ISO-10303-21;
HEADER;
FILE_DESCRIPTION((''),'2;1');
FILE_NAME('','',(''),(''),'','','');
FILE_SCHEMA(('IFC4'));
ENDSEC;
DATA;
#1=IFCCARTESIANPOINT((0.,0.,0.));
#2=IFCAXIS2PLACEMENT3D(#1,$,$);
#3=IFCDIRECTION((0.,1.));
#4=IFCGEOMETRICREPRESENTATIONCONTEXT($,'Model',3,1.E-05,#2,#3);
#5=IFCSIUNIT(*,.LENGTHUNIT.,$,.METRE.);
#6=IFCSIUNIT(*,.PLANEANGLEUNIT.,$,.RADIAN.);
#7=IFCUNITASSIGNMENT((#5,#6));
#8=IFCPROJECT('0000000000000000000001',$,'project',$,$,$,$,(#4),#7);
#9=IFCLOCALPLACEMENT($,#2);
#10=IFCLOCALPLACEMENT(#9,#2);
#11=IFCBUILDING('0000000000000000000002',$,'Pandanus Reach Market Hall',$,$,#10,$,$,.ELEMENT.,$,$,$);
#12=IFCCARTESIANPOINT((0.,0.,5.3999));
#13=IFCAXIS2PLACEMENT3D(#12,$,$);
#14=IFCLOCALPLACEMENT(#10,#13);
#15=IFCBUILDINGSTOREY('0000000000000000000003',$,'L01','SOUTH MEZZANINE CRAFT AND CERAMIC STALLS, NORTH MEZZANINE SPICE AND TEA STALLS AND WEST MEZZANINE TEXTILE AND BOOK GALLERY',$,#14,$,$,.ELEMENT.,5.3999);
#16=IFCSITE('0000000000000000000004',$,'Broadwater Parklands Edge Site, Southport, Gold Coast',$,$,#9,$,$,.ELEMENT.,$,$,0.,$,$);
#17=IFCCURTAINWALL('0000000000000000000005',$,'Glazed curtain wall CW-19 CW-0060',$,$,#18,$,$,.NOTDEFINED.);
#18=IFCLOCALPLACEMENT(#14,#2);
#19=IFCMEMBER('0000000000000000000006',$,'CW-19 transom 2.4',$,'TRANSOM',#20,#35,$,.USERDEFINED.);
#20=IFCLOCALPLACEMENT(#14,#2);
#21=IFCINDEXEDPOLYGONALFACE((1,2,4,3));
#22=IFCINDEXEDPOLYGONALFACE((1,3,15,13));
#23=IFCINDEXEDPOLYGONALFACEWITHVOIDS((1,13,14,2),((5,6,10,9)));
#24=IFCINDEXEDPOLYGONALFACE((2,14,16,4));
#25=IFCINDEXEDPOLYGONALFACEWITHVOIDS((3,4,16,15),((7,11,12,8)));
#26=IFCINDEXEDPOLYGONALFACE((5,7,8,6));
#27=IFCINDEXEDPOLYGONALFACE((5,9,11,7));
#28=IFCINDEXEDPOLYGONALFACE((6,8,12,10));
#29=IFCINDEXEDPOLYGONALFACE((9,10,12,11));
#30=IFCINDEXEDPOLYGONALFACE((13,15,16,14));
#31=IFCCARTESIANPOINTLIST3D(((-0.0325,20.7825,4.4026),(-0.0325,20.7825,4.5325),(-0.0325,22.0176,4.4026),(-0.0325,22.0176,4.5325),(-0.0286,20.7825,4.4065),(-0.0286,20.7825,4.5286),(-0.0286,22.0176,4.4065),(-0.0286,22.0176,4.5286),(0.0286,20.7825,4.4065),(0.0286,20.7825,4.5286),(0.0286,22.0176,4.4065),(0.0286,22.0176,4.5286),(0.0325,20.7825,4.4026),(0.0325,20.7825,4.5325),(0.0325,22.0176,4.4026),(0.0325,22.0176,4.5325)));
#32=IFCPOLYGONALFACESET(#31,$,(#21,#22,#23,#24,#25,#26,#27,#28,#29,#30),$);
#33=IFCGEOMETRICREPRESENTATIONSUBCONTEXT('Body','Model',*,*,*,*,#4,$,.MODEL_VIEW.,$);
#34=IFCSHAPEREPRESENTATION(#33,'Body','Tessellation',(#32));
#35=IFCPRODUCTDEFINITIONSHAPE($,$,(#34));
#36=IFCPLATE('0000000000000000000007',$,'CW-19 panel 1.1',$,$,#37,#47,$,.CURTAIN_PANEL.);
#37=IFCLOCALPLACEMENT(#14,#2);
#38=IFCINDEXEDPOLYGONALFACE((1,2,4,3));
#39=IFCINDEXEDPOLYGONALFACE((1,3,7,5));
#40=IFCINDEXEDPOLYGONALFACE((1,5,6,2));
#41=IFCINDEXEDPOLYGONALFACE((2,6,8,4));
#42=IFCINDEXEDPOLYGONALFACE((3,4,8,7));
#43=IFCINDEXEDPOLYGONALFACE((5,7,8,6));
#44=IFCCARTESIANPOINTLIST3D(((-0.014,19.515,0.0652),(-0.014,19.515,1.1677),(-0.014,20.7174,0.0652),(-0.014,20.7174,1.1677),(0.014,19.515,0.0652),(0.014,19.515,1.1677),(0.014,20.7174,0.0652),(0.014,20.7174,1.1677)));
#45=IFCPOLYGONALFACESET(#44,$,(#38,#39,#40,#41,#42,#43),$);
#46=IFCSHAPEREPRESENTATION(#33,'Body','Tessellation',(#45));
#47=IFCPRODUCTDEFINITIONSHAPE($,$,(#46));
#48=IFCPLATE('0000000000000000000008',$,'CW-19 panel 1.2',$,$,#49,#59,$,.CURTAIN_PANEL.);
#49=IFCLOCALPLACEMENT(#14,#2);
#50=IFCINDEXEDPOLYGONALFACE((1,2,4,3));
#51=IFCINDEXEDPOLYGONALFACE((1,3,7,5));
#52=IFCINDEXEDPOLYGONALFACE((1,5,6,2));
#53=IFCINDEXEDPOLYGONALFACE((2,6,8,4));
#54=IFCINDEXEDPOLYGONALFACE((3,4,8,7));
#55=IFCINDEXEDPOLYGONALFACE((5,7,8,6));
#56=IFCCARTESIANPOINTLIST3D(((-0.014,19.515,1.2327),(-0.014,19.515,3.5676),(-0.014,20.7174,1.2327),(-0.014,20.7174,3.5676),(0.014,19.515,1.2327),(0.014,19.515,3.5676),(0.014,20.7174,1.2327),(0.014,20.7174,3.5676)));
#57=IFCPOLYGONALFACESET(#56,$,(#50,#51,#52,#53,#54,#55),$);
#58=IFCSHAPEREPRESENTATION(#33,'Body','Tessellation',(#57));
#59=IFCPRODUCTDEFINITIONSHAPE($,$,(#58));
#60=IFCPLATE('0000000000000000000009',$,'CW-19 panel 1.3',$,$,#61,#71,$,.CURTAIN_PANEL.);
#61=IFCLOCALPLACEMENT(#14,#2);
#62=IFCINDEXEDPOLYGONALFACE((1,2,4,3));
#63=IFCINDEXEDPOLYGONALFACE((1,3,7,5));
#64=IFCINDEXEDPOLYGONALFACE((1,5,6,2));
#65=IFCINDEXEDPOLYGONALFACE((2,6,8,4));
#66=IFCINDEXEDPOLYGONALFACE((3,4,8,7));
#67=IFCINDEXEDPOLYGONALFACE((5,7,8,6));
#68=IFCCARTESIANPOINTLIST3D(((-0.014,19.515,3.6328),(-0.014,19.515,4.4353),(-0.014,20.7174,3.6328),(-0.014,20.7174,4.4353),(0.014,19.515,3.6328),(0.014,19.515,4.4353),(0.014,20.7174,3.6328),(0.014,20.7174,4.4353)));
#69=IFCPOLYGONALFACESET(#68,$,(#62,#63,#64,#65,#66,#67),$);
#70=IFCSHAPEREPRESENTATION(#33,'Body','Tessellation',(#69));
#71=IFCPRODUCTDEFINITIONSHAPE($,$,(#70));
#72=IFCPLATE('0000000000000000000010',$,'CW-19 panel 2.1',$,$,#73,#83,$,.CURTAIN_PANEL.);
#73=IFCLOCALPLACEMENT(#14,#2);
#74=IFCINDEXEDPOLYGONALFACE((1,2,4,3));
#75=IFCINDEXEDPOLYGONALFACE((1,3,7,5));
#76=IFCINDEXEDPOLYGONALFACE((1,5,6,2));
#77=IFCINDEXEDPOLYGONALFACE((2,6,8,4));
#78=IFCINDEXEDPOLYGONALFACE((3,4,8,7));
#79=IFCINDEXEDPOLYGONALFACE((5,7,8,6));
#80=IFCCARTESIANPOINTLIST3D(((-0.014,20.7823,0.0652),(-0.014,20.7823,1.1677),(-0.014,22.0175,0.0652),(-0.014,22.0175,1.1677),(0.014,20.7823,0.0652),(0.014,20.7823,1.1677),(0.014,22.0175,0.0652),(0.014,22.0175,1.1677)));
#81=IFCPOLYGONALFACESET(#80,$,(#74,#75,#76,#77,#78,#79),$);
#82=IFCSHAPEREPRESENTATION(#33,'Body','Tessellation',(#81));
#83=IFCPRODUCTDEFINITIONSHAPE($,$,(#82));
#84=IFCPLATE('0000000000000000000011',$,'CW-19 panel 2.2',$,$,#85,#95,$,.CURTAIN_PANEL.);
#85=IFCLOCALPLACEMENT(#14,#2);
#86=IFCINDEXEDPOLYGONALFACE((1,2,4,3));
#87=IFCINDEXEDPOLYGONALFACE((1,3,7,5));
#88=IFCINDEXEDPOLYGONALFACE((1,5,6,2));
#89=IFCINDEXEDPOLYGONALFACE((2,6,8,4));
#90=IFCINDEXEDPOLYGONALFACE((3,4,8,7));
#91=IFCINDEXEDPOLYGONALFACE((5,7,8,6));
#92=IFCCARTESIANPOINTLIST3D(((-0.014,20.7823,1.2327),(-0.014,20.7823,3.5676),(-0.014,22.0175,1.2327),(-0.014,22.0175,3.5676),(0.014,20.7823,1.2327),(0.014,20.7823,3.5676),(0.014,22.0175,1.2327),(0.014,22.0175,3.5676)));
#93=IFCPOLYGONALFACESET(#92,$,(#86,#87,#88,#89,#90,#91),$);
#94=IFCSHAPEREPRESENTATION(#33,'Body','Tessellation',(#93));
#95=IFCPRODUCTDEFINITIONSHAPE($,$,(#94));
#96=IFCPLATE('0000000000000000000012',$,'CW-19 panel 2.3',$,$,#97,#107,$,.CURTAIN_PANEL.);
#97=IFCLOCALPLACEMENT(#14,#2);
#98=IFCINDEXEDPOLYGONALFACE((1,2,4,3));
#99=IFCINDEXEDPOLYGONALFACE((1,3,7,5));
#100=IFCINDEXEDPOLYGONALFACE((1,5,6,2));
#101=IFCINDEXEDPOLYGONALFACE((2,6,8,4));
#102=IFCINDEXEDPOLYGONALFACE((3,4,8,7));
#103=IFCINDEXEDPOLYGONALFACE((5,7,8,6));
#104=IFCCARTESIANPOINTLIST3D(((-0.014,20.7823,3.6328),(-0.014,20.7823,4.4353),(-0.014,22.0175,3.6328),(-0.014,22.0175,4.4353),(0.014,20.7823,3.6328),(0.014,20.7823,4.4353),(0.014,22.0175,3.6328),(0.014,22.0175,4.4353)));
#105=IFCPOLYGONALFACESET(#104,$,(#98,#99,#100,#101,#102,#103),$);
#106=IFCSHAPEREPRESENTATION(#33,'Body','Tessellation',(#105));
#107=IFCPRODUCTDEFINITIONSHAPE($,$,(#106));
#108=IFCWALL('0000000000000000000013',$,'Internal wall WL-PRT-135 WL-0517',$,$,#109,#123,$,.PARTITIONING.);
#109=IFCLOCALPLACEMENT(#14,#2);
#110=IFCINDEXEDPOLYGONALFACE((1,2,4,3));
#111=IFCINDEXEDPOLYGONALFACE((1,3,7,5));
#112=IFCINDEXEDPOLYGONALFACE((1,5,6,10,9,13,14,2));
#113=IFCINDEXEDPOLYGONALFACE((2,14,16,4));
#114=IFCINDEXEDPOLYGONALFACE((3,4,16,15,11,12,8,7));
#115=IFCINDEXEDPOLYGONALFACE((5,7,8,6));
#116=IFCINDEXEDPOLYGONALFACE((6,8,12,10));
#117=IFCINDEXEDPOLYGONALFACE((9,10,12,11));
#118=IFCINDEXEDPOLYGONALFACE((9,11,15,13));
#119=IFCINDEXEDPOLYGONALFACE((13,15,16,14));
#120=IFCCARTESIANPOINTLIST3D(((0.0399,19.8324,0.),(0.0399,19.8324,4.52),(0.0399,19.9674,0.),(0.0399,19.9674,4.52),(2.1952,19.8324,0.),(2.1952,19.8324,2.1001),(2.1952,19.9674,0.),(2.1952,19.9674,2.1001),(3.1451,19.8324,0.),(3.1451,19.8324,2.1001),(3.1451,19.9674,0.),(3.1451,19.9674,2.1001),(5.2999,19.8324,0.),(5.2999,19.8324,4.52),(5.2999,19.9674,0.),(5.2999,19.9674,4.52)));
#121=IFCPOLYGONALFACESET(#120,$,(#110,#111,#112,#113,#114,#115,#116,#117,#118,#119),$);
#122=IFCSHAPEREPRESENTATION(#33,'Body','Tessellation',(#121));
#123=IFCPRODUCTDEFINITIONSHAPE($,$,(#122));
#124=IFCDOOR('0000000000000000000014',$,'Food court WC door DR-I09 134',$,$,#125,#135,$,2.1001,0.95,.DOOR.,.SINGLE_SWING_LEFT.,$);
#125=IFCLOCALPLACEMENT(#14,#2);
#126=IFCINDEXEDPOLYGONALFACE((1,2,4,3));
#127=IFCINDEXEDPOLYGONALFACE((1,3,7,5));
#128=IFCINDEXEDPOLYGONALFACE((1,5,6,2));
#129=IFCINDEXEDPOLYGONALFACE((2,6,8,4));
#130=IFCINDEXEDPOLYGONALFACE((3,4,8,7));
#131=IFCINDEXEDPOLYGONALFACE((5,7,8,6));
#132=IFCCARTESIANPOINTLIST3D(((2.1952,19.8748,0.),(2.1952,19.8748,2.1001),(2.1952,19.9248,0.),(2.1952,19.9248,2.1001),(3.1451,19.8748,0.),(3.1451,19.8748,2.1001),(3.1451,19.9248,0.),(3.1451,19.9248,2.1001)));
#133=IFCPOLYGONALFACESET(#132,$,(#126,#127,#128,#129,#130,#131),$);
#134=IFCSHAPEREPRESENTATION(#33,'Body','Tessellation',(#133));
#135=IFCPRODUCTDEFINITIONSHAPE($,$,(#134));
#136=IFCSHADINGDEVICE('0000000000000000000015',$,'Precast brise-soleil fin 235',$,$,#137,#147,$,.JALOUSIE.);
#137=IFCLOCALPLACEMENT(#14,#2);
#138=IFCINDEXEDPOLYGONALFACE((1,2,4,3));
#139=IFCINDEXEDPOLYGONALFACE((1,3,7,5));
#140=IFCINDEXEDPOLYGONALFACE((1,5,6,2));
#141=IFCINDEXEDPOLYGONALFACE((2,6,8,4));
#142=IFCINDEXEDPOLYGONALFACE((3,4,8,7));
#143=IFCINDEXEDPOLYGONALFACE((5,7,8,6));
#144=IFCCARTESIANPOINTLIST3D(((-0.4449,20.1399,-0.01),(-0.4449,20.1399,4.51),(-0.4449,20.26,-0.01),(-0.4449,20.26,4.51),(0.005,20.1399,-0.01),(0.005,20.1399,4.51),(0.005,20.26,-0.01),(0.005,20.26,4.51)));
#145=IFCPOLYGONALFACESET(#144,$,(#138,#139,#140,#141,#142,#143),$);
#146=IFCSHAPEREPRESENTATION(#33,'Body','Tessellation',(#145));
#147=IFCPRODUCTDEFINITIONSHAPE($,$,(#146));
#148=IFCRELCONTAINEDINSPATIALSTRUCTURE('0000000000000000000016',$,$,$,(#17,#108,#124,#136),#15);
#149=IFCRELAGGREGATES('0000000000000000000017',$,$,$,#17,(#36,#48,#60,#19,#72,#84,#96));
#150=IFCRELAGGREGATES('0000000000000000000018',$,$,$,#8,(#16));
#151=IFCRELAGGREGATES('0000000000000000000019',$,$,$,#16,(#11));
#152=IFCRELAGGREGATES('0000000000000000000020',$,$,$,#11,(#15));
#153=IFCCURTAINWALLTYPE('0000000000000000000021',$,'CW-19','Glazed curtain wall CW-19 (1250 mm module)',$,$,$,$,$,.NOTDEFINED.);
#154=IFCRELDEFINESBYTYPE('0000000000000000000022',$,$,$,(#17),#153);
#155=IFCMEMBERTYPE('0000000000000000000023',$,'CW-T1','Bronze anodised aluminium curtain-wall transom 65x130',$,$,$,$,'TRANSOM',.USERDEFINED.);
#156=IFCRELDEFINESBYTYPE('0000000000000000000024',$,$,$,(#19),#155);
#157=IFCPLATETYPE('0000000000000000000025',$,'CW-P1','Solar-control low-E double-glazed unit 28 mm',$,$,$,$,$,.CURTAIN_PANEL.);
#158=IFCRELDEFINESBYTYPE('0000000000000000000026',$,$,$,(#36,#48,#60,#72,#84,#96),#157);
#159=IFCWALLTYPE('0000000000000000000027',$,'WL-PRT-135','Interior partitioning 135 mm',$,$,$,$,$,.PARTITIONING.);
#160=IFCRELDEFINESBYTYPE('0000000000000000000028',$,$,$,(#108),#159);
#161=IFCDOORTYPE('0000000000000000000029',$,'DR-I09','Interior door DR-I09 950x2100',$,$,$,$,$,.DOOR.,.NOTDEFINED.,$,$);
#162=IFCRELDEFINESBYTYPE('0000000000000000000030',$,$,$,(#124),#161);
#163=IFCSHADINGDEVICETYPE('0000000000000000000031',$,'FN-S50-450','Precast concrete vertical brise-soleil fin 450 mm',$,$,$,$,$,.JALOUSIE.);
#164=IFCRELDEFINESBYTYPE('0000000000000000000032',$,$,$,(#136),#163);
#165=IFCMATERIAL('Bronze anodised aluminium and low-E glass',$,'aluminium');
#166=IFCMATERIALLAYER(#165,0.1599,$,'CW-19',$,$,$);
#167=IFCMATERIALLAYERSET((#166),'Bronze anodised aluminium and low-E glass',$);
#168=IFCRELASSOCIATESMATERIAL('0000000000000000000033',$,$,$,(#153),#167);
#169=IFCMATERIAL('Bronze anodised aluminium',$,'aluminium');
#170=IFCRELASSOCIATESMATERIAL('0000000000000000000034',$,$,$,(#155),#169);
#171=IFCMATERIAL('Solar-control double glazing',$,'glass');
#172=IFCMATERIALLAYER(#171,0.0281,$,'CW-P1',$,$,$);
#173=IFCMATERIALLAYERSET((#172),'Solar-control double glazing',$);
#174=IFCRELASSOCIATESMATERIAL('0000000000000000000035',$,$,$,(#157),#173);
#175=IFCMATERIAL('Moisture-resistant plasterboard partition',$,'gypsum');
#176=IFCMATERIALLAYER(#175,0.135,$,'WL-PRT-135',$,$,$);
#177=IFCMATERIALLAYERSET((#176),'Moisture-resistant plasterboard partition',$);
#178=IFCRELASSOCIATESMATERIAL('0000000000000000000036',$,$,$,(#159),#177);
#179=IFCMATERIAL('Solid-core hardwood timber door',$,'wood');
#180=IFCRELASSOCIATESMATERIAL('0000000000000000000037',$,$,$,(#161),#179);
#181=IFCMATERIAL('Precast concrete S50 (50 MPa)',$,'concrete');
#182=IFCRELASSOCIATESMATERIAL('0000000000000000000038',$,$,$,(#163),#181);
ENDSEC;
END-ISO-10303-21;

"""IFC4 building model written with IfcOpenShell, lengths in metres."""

from ifc_helpers import new_model, si_unit, direction, frame, frame_2d, origin, origin_2d, place, context, subcontext, project, spatial, rectangle, hollow_rectangle, extrude, material, layer, layer_set, material_profile, profile_set, type_object, element, fill, aggregate, save


model = new_model("IFC4")

# Units and contexts
model_context = context("Model", 3, precision=1e-05, world=origin(), true_north=direction((0.0, 1.0)))
body_context = subcontext(model_context, "Body", "Model", "MODEL_VIEW")
ifc_project = project(units=[si_unit("LENGTHUNIT", "METRE"), si_unit("PLANEANGLEUNIT", "RADIAN")], contexts=[model_context])

# Site, building, storey
site_placement = place(None, origin())
site = spatial("IfcSite", under=ifc_project, at=site_placement, Name="Broadwater Parklands Edge Site, Southport, Gold Coast", CompositionType="ELEMENT", RefElevation=0.0)
building_placement = place(site_placement, origin())
building = spatial("IfcBuilding", under=site, at=building_placement, Name="Pandanus Reach Market Hall", CompositionType="ELEMENT")
storey_placement = place(building_placement, frame((0.0, 0.0, 5.3999)))
storey = spatial("IfcBuildingStorey", under=building, at=storey_placement, Name="L01", Description="SOUTH MEZZANINE CRAFT AND CERAMIC STALLS, NORTH MEZZANINE SPICE AND TEA STALLS AND WEST MEZZANINE TEXTILE AND BOOK GALLERY", CompositionType="ELEMENT", Elevation=5.3999)

# Curtain wall, member, plates
ifc_material_1 = material(Name="Bronze anodised aluminium and low-E glass", Category="aluminium")
ifc_layer_1 = layer(ifc_material_1, 0.1599, Name="CW-19")
ifc_layer_set_1 = layer_set([ifc_layer_1], Name="Bronze anodised aluminium and low-E glass")
curtain_wall_type = type_object("IfcCurtainWallType", Name="CW-19", Description="Glazed curtain wall CW-19 (1250 mm module)", PredefinedType="NOTDEFINED", material=ifc_layer_set_1)
curtain_wall_placement = place(storey_placement, origin())
curtain_wall = element("IfcCurtainWall", 1, at=curtain_wall_placement, inside=storey, type_object=curtain_wall_type, Name="Glazed curtain wall CW-19 CW-0060", PredefinedType="NOTDEFINED")
ifc_material_2 = material(Name="Bronze anodised aluminium", Category="aluminium")
ifc_material_profile_1 = material_profile(ifc_material_2, hollow_rectangle(XDim=0.0649, YDim=0.1299, WallThickness=0.0039, at=origin_2d()), Name="ALU65x130", Category="LoadBearing")
ifc_profile_set_1 = profile_set([ifc_material_profile_1], Name="Bronze anodised aluminium")
member_type_1 = type_object("IfcMemberType", Name="CW-T1", Description="Bronze anodised aluminium curtain-wall transom 65x130", ElementType="TRANSOM", PredefinedType="USERDEFINED", material=ifc_profile_set_1)
member_1_placement = place(storey_placement, frame((0.0, 20.7825, 4.4675), z_axis=(0.0, 1.0, 0.0), x_axis=(-1.0, 0.0, 0.0)))
member_1 = element("IfcMember", 2, at=member_1_placement, type_object=member_type_1, Name="CW-19 transom 2.4", ObjectType="TRANSOM", PredefinedType="USERDEFINED", context=body_context, shape_type="SweptSolid", body=[
    extrude(hollow_rectangle(XDim=0.0649, YDim=0.1299, WallThickness=0.0039, at=origin_2d()), origin(), (0.0, 0.0, 1.0), 1.2351),
])
ifc_material_3 = material(Name="Solar-control double glazing", Category="glass")
ifc_layer_2 = layer(ifc_material_3, 0.0281, Name="CW-P1")
ifc_layer_set_2 = layer_set([ifc_layer_2], Name="Solar-control double glazing")
plate_type = type_object("IfcPlateType", Name="CW-P1", Description="Solar-control low-E double-glazed unit 28 mm", PredefinedType="CURTAIN_PANEL", material=ifc_layer_set_2)
plate_1_placement = place(storey_placement, frame((0.0, 20.1162, 0.0652), z_axis=(0.0, 0.0, 1.0), x_axis=(0.0, 1.0, 0.0)))
plate_1 = element("IfcPlate", 3, at=plate_1_placement, type_object=plate_type, Name="CW-19 panel 1.1", PredefinedType="CURTAIN_PANEL", context=body_context, shape_type="SweptSolid", body=[
    extrude(rectangle(XDim=1.2024, YDim=0.0281, at=origin_2d()), origin(), (0.0, 0.0, 1.0), 1.1025),
])
plate_2_placement = place(storey_placement, frame((0.0, 20.1162, 1.2327), z_axis=(0.0, 0.0, 1.0), x_axis=(0.0, 1.0, 0.0)))
plate_2 = element("IfcPlate", 4, at=plate_2_placement, type_object=plate_type, Name="CW-19 panel 1.2", PredefinedType="CURTAIN_PANEL", context=body_context, shape_type="SweptSolid", body=[
    extrude(rectangle(XDim=1.2024, YDim=0.0281, at=origin_2d()), origin(), (0.0, 0.0, 1.0), 2.335),
])
plate_3_placement = place(storey_placement, frame((0.0, 20.1162, 3.6328), z_axis=(0.0, 0.0, 1.0), x_axis=(0.0, 1.0, 0.0)))
plate_3 = element("IfcPlate", 5, at=plate_3_placement, type_object=plate_type, Name="CW-19 panel 1.3", PredefinedType="CURTAIN_PANEL", context=body_context, shape_type="SweptSolid", body=[
    extrude(rectangle(XDim=1.2024, YDim=0.0281, at=origin_2d()), origin(), (0.0, 0.0, 1.0), 0.8025),
])
plate_4_placement = place(storey_placement, frame((0.0, 21.3999, 0.0652), z_axis=(0.0, 0.0, 1.0), x_axis=(0.0, 1.0, 0.0)))
plate_4 = element("IfcPlate", 6, at=plate_4_placement, type_object=plate_type, Name="CW-19 panel 2.1", PredefinedType="CURTAIN_PANEL", context=body_context, shape_type="SweptSolid", body=[
    extrude(rectangle(XDim=1.2351, YDim=0.0281, at=origin_2d()), origin(), (0.0, 0.0, 1.0), 1.1025),
])
plate_5_placement = place(storey_placement, frame((0.0, 21.3999, 1.2327), z_axis=(0.0, 0.0, 1.0), x_axis=(0.0, 1.0, 0.0)))
plate_5 = element("IfcPlate", 7, at=plate_5_placement, type_object=plate_type, Name="CW-19 panel 2.2", PredefinedType="CURTAIN_PANEL", context=body_context, shape_type="SweptSolid", body=[
    extrude(rectangle(XDim=1.2351, YDim=0.0281, at=origin_2d()), origin(), (0.0, 0.0, 1.0), 2.335),
])
plate_6_placement = place(storey_placement, frame((0.0, 21.3999, 3.6328), z_axis=(0.0, 0.0, 1.0), x_axis=(0.0, 1.0, 0.0)))
plate_6 = element("IfcPlate", 8, at=plate_6_placement, type_object=plate_type, Name="CW-19 panel 2.3", PredefinedType="CURTAIN_PANEL", context=body_context, shape_type="SweptSolid", body=[
    extrude(rectangle(XDim=1.2351, YDim=0.0281, at=origin_2d()), origin(), (0.0, 0.0, 1.0), 0.8025),
])
aggregate(curtain_wall, [plate_1, plate_2, plate_3, member_1, plate_4, plate_5, plate_6])

# Wall, opening, door
ifc_material_4 = material(Name="Moisture-resistant plasterboard partition", Category="gypsum")
ifc_layer_3 = layer(ifc_material_4, 0.135, Name="WL-PRT-135")
ifc_layer_set_3 = layer_set([ifc_layer_3], Name="Moisture-resistant plasterboard partition")
wall_type = type_object("IfcWallType", Name="WL-PRT-135", Description="Interior partitioning 135 mm", PredefinedType="PARTITIONING", material=ifc_layer_set_3)
wall_placement = place(storey_placement, frame((0.04, 19.8999, 0.0), z_axis=(0.0, 0.0, 1.0), x_axis=(1.0, 0.0, 0.0)))
wall = element("IfcWall", 9, at=wall_placement, inside=storey, type_object=wall_type, Name="Internal wall WL-PRT-135 WL-0517", PredefinedType="PARTITIONING", context=body_context, shape_type="SweptSolid", body=[
    extrude(rectangle(XDim=5.26, YDim=0.135, at=frame_2d((2.6299, 0.0))), origin(), (0.0, 0.0, 1.0), 4.52),
])
opening_placement = place(wall_placement, frame((2.155, 0.0, 0.0)))
opening = element("IfcOpeningElement", 10, at=opening_placement, cuts=wall, PredefinedType="OPENING", context=body_context, shape_type="SweptSolid", body=[
    extrude(rectangle(XDim=0.95, YDim=2.1001, at=frame_2d((0.4751, 1.05))), frame((0.0, 0.0825, 0.0), z_axis=(0.0, -1.0, 0.0), x_axis=(1.0, 0.0, 0.0)), (0.0, 0.0, 1.0), 0.165),
])
ifc_material_5 = material(Name="Solid-core hardwood timber door", Category="wood")
door_type = type_object("IfcDoorType", Name="DR-I09", Description="Interior door DR-I09 950x2100", OperationType="NOTDEFINED", PredefinedType="DOOR", material=ifc_material_5)
door_placement = place(opening_placement, origin())
door = element("IfcDoor", 11, at=door_placement, inside=storey, type_object=door_type, Name="Food court WC door DR-I09 134", OperationType="SINGLE_SWING_LEFT", OverallHeight=2.1001, OverallWidth=0.95, PredefinedType="DOOR", context=body_context, shape_type="SweptSolid", body=[
    extrude(rectangle(XDim=0.95, YDim=2.1001, at=frame_2d((0.4751, 1.05))), frame((0.0, 0.0249, 0.0), z_axis=(0.0, -1.0, 0.0), x_axis=(1.0, 0.0, 0.0)), (0.0, 0.0, 1.0), 0.05),
])
fill(opening, door)

# Shading device
ifc_material_6 = material(Name="Precast concrete S50 (50 MPa)", Category="concrete")
shading_device_type = type_object("IfcShadingDeviceType", Name="FN-S50-450", Description="Precast concrete vertical brise-soleil fin 450 mm", PredefinedType="JALOUSIE", material=ifc_material_6)
shading_device_placement = place(storey_placement, frame((-0.22, 20.2, -0.01), z_axis=(0.0, 0.0, 1.0), x_axis=(-1.0, 0.0, 0.0)))
element("IfcShadingDevice", 12, at=shading_device_placement, inside=storey, type_object=shading_device_type, Name="Precast brise-soleil fin 235", PredefinedType="JALOUSIE", context=body_context, shape_type="SweptSolid", body=[
    extrude(rectangle(XDim=0.45, YDim=0.1201, at=origin_2d()), origin(), (0.0, 0.0, 1.0), 4.52),
])

save(model, "model.ifc")
